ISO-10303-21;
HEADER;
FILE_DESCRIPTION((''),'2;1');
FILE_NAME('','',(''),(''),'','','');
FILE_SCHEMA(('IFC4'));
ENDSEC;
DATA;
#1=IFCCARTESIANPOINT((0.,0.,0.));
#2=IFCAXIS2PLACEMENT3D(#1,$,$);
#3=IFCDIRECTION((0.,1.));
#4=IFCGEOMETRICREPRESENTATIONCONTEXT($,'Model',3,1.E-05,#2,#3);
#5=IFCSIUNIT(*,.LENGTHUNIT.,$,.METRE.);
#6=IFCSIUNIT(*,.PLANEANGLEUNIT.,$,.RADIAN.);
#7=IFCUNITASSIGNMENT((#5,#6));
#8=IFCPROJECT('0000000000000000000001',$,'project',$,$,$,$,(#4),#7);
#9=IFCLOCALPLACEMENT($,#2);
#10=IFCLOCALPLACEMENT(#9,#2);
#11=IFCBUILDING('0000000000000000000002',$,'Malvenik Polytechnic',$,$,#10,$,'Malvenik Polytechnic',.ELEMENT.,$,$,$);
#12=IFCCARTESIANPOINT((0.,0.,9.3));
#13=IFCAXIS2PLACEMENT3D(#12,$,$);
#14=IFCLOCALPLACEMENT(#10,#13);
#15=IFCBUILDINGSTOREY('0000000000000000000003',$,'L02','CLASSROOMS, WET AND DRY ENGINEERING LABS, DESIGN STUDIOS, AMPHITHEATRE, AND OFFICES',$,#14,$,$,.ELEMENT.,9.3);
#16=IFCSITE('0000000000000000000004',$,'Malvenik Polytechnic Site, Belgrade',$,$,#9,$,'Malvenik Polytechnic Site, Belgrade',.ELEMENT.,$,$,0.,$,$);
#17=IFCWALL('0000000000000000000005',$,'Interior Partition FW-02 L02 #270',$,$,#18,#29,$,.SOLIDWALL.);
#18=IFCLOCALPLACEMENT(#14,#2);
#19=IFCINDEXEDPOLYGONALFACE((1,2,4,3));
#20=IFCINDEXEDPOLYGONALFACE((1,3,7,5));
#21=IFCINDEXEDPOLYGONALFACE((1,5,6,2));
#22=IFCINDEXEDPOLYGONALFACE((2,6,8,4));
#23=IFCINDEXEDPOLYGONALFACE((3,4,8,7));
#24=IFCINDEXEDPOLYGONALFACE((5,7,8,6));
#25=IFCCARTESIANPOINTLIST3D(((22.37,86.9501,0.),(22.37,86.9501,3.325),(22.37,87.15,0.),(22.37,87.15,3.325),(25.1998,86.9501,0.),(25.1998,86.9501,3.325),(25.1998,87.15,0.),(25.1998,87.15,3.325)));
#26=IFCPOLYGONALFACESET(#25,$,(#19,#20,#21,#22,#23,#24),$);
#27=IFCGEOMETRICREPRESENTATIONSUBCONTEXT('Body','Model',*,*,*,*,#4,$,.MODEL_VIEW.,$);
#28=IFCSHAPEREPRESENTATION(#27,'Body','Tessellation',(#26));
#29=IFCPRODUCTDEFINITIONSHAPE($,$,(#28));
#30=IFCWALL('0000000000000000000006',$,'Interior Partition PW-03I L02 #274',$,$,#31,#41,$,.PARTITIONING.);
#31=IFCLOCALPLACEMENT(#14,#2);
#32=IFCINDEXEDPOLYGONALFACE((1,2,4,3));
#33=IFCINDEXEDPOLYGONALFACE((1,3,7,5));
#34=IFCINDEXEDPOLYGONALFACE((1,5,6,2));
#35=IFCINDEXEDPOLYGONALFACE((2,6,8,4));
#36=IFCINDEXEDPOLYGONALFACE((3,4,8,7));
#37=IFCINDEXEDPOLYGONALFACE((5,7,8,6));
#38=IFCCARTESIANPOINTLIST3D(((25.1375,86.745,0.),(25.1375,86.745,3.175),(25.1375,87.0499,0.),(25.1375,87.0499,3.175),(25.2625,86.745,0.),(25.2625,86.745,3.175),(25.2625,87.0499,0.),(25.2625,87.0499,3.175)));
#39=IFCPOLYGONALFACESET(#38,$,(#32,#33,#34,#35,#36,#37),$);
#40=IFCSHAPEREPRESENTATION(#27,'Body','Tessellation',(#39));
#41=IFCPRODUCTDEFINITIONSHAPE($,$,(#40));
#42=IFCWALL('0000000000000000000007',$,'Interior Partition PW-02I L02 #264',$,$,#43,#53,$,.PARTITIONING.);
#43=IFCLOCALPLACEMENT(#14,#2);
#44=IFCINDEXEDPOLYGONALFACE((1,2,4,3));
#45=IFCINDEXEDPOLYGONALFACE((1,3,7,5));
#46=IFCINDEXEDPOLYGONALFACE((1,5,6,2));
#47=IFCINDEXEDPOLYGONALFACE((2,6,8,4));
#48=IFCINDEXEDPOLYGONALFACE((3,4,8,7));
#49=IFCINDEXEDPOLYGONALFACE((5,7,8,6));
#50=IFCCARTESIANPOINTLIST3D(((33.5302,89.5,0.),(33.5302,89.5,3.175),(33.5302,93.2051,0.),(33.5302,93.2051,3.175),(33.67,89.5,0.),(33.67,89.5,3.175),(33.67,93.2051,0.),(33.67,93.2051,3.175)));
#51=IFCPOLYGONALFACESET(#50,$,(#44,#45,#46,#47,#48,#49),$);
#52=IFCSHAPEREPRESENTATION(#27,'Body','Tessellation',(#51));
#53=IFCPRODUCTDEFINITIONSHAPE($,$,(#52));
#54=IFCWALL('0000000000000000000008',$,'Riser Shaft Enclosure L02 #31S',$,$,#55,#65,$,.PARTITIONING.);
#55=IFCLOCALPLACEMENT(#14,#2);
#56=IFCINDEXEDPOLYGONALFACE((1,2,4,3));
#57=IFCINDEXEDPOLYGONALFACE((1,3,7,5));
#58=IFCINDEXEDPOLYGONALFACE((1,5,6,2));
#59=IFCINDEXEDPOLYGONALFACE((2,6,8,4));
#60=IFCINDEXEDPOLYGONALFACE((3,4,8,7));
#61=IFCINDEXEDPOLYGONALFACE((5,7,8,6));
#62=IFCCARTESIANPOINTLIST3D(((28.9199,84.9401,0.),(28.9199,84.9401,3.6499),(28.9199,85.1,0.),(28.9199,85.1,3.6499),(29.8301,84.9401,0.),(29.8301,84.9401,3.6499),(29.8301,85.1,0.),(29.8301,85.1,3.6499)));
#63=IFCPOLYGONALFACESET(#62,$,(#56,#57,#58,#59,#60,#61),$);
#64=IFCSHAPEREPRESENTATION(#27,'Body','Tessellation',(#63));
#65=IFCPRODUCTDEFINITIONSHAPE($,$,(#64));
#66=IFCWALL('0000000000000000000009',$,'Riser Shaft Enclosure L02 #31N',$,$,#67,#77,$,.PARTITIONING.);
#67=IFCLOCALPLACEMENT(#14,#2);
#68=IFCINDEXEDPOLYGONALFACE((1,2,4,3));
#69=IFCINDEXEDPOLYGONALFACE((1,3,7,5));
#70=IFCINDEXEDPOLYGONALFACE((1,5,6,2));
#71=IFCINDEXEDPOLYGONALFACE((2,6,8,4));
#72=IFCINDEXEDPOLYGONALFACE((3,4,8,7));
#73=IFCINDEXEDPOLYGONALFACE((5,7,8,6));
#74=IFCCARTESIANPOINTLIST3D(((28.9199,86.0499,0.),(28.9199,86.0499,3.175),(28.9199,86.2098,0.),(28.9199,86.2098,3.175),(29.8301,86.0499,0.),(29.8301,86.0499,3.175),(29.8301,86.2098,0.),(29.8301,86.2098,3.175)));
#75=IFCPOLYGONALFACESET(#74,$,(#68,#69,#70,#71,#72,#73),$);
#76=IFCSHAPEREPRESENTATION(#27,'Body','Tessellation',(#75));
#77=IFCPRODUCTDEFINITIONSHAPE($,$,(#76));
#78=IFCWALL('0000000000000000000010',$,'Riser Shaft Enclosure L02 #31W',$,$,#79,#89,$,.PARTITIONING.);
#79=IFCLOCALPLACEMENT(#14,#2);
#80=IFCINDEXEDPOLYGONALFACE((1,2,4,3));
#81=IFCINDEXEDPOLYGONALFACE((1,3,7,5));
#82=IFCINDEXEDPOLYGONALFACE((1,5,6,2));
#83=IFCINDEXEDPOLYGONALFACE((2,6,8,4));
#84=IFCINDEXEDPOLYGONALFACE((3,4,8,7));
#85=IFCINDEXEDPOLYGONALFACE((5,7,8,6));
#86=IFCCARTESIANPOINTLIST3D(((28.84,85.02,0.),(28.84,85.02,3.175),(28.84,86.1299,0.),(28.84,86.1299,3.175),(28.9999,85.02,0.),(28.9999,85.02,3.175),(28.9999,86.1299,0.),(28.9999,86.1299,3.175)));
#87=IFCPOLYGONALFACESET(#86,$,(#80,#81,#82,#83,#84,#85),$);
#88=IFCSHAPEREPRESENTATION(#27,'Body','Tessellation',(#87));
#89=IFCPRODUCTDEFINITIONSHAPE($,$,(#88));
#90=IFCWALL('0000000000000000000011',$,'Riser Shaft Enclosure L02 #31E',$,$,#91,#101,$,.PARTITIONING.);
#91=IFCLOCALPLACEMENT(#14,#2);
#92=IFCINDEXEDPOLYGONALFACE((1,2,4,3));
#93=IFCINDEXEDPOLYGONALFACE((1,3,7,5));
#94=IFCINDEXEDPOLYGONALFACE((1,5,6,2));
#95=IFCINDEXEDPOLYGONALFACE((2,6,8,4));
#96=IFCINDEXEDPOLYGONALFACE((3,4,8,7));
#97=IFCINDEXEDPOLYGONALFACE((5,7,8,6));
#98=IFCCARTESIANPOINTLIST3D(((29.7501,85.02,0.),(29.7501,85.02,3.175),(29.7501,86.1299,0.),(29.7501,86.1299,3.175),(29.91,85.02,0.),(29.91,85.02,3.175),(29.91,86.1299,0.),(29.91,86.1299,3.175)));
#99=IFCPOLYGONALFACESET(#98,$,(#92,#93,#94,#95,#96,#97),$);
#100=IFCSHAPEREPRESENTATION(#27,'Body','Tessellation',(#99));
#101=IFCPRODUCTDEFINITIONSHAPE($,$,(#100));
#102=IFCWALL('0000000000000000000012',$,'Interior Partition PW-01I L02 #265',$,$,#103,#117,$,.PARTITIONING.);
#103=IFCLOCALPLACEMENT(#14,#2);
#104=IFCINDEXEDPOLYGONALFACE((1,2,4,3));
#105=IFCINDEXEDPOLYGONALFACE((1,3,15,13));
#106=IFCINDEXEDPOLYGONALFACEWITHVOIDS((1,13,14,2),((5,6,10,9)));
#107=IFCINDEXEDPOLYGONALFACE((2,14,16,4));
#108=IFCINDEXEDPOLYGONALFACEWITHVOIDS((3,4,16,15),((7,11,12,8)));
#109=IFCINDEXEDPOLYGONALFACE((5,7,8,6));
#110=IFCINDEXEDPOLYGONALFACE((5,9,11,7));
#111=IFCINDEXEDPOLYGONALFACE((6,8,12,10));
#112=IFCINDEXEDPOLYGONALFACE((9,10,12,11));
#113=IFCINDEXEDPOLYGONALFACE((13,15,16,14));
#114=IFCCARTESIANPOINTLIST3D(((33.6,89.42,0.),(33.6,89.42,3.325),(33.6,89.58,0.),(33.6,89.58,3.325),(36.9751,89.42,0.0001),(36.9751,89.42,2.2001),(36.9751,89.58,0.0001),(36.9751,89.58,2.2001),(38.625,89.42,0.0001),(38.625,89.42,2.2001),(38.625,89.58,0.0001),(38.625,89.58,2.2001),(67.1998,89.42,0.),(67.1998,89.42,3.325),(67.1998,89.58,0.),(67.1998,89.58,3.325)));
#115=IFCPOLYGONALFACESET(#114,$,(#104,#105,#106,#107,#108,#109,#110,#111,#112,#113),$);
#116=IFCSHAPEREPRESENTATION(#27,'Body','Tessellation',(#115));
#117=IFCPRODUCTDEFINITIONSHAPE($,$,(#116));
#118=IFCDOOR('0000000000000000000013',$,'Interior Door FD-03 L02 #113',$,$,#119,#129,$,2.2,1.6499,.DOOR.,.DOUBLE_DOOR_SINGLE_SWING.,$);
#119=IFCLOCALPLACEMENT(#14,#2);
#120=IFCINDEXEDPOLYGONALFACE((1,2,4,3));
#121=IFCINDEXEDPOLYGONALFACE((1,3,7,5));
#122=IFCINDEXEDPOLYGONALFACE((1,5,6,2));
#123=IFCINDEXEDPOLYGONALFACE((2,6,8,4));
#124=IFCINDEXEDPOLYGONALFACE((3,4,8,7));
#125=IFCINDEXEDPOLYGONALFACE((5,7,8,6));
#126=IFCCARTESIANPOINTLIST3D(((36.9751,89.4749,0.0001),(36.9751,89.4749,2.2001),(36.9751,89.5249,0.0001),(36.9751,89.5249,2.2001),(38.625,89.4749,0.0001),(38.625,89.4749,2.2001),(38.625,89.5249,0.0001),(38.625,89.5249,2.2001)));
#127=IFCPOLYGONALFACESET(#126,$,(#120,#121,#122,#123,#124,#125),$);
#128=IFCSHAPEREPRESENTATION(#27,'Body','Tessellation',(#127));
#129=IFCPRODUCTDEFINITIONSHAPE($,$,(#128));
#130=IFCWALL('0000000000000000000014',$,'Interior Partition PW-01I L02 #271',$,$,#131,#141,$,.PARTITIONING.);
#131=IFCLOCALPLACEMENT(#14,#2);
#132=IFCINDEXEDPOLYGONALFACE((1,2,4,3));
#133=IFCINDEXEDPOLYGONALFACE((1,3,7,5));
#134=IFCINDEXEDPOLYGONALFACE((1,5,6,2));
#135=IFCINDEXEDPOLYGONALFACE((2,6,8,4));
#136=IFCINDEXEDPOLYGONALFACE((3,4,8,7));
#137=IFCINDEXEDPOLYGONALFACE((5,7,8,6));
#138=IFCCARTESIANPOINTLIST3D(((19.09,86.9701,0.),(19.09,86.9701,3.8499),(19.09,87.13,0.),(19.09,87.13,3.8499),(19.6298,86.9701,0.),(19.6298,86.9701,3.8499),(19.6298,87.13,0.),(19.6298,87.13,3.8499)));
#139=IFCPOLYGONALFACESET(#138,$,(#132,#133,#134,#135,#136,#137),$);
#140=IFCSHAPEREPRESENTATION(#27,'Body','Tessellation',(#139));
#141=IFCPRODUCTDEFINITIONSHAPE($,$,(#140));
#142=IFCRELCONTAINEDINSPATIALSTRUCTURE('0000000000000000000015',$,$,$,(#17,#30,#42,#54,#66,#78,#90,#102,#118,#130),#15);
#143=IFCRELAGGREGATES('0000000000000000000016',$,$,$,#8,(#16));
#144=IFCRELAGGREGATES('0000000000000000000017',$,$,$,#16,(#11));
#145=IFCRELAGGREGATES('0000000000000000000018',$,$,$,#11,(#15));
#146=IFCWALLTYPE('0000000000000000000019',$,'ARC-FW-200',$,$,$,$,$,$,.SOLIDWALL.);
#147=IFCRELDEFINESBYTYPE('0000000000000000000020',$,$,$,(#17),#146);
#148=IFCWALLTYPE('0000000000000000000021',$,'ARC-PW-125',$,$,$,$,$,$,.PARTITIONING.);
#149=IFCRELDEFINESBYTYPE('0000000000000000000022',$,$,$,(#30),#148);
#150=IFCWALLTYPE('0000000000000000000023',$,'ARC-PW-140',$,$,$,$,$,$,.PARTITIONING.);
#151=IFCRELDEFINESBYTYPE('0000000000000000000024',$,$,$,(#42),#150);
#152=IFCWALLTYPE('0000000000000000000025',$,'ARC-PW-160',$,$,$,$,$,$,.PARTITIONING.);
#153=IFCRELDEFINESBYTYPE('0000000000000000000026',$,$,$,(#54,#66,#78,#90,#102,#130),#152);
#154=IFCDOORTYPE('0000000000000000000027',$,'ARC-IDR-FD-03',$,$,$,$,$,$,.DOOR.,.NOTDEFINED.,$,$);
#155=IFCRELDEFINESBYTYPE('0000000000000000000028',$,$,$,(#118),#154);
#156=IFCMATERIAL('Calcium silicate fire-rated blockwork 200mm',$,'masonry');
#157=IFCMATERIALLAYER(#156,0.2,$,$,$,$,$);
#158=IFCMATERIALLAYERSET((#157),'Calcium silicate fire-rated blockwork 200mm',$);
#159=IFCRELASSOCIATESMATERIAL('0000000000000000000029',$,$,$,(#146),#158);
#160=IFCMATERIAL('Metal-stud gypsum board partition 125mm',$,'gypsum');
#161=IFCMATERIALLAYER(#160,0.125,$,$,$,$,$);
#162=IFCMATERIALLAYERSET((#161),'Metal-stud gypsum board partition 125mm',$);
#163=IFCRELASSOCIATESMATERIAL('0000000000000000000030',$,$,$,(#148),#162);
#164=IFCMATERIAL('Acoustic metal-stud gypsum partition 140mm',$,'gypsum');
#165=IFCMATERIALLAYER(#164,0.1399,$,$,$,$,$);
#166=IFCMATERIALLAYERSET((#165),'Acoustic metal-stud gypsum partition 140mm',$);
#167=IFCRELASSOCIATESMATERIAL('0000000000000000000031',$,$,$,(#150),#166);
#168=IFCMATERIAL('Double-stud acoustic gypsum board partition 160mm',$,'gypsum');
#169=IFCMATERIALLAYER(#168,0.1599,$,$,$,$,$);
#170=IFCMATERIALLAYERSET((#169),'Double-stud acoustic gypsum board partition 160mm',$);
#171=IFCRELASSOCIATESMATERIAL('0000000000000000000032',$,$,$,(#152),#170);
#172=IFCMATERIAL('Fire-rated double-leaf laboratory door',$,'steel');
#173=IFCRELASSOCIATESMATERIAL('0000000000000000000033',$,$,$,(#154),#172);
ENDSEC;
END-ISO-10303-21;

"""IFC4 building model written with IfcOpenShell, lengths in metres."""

from ifc_helpers import new_model, si_unit, direction, frame, frame_2d, origin, place, context, subcontext, project, spatial, rectangle, extrude, material, layer, layer_set, type_object, element, fill, save


model = new_model("IFC4")

# Units and contexts
model_context = context("Model", 3, precision=1e-05, world=origin(), true_north=direction((0.0, 1.0)))
body_context = subcontext(model_context, "Body", "Model", "MODEL_VIEW")
ifc_project = project(units=[si_unit("LENGTHUNIT", "METRE"), si_unit("PLANEANGLEUNIT", "RADIAN")], contexts=[model_context])

# Site, building, storey
site_placement = place(None, origin())
site = spatial("IfcSite", under=ifc_project, at=site_placement, Name="Malvenik Polytechnic Site, Belgrade", LongName="Malvenik Polytechnic Site, Belgrade", CompositionType="ELEMENT", RefElevation=0.0)
building_placement = place(site_placement, origin())
building = spatial("IfcBuilding", under=site, at=building_placement, Name="Malvenik Polytechnic", LongName="Malvenik Polytechnic", CompositionType="ELEMENT")
storey_placement = place(building_placement, frame((0.0, 0.0, 9.3)))
storey = spatial("IfcBuildingStorey", under=building, at=storey_placement, Name="L02", Description="CLASSROOMS, WET AND DRY ENGINEERING LABS, DESIGN STUDIOS, AMPHITHEATRE, AND OFFICES", CompositionType="ELEMENT", Elevation=9.3)

# Walls
ifc_material_1 = material(Name="Calcium silicate fire-rated blockwork 200mm", Category="masonry")
ifc_layer_1 = layer(ifc_material_1, 0.2)
ifc_layer_set_1 = layer_set([ifc_layer_1], Name="Calcium silicate fire-rated blockwork 200mm")
wall_type_1 = type_object("IfcWallType", Name="ARC-FW-200", PredefinedType="SOLIDWALL", material=ifc_layer_set_1)
wall_1_placement = place(storey_placement, frame((25.2, 87.05, 0.0), z_axis=(0.0, 0.0, 1.0), x_axis=(-1.0, 0.0, 0.0)))
element("IfcWall", 1, at=wall_1_placement, inside=storey, type_object=wall_type_1, Name="Interior Partition FW-02 L02 #270", PredefinedType="SOLIDWALL", context=body_context, shape_type="SweptSolid", body=[
    extrude(rectangle(XDim=2.8298, YDim=0.2, at=frame_2d((1.415, 0.0))), origin(), (0.0, 0.0, 1.0), 3.325),
])
ifc_material_2 = material(Name="Metal-stud gypsum board partition 125mm", Category="gypsum")
ifc_layer_2 = layer(ifc_material_2, 0.125)
ifc_layer_set_2 = layer_set([ifc_layer_2], Name="Metal-stud gypsum board partition 125mm")
wall_type_2 = type_object("IfcWallType", Name="ARC-PW-125", PredefinedType="PARTITIONING", material=ifc_layer_set_2)
wall_2_placement = place(storey_placement, frame((25.2, 86.7451, 0.0), z_axis=(0.0, 0.0, 1.0), x_axis=(0.0, 1.0, 0.0)))
element("IfcWall", 2, at=wall_2_placement, inside=storey, type_object=wall_type_2, Name="Interior Partition PW-03I L02 #274", PredefinedType="PARTITIONING", context=body_context, shape_type="SweptSolid", body=[
    extrude(rectangle(XDim=0.3049, YDim=0.125, at=frame_2d((0.1523, 0.0))), origin(), (0.0, 0.0, 1.0), 3.175),
])
ifc_material_3 = material(Name="Acoustic metal-stud gypsum partition 140mm", Category="gypsum")
ifc_layer_3 = layer(ifc_material_3, 0.1399)
ifc_layer_set_3 = layer_set([ifc_layer_3], Name="Acoustic metal-stud gypsum partition 140mm")
wall_type_3 = type_object("IfcWallType", Name="ARC-PW-140", PredefinedType="PARTITIONING", material=ifc_layer_set_3)
wall_3_placement = place(storey_placement, frame((33.6001, 89.5, 0.0), z_axis=(0.0, 0.0, 1.0), x_axis=(0.0, 1.0, 0.0)))
element("IfcWall", 3, at=wall_3_placement, inside=storey, type_object=wall_type_3, Name="Interior Partition PW-02I L02 #264", PredefinedType="PARTITIONING", context=body_context, shape_type="SweptSolid", body=[
    extrude(rectangle(XDim=3.7051, YDim=0.1399, at=frame_2d((1.8525, 0.0))), origin(), (0.0, 0.0, 1.0), 3.175),
])
ifc_material_4 = material(Name="Double-stud acoustic gypsum board partition 160mm", Category="gypsum")
ifc_layer_4 = layer(ifc_material_4, 0.1599)
ifc_layer_set_4 = layer_set([ifc_layer_4], Name="Double-stud acoustic gypsum board partition 160mm")
wall_type_4 = type_object("IfcWallType", Name="ARC-PW-160", PredefinedType="PARTITIONING", material=ifc_layer_set_4)
wall_4_placement = place(storey_placement, frame((28.9199, 85.02, 0.0), z_axis=(0.0, 0.0, 1.0), x_axis=(1.0, 0.0, 0.0)))
element("IfcWall", 4, at=wall_4_placement, inside=storey, type_object=wall_type_4, Name="Riser Shaft Enclosure L02 #31S", PredefinedType="PARTITIONING", context=body_context, shape_type="SweptSolid", body=[
    extrude(rectangle(XDim=0.9102, YDim=0.1599, at=frame_2d((0.4551, 0.0))), origin(), (0.0, 0.0, 1.0), 3.6499),
])
wall_5_placement = place(storey_placement, frame((29.8301, 86.1299, 0.0), z_axis=(0.0, 0.0, 1.0), x_axis=(-1.0, 0.0, 0.0)))
element("IfcWall", 5, at=wall_5_placement, inside=storey, type_object=wall_type_4, Name="Riser Shaft Enclosure L02 #31N", PredefinedType="PARTITIONING", context=body_context, shape_type="SweptSolid", body=[
    extrude(rectangle(XDim=0.9102, YDim=0.1599, at=frame_2d((0.4551, 0.0))), origin(), (0.0, 0.0, 1.0), 3.175),
])
for number, where, z_axis, x_axis, name in (
    (6, (28.9199, 86.1299, 0.0), (0.0, 0.0, 1.0), (0.0, -1.0, 0.0), "Riser Shaft Enclosure L02 #31W"),
    (7, (29.8301, 85.02, 0.0), (0.0, 0.0, 1.0), (0.0, 1.0, 0.0), "Riser Shaft Enclosure L02 #31E"),
):
    element("IfcWall", number, at=place(storey_placement, frame(where, z_axis=z_axis, x_axis=x_axis)), inside=storey, type_object=wall_type_4, Name=name, PredefinedType="PARTITIONING", context=body_context, shape_type="SweptSolid", body=[
        extrude(rectangle(XDim=1.1099, YDim=0.1599, at=frame_2d((0.5549, 0.0))), origin(), (0.0, 0.0, 1.0), 3.175),
    ])

# Wall, opening, door
wall_6_placement = place(storey_placement, frame((33.6001, 89.5, 0.0), z_axis=(0.0, 0.0, 1.0), x_axis=(1.0, 0.0, 0.0)))
wall_6 = element("IfcWall", 8, at=wall_6_placement, inside=storey, type_object=wall_type_4, Name="Interior Partition PW-01I L02 #265", PredefinedType="PARTITIONING", context=body_context, shape_type="SweptSolid", body=[
    extrude(rectangle(XDim=33.5999, YDim=0.1599, at=frame_2d((16.7998, 0.0))), origin(), (0.0, 0.0, 1.0), 3.325),
])
opening_1_placement = place(wall_6_placement, frame((3.375, 0.0, 0.0)))
opening_1 = element("IfcOpeningElement", 9, at=opening_1_placement, cuts=wall_6, PredefinedType="OPENING", context=body_context, shape_type="SweptSolid", body=[
    extrude(rectangle(XDim=1.6499, YDim=2.2, at=frame_2d((0.825, 1.1001))), frame((0.0, 0.0898, 0.0), z_axis=(0.0, -1.0, 0.0), x_axis=(1.0, 0.0, 0.0)), (0.0, 0.0, 1.0), 0.1799),
])
ifc_material_5 = material(Name="Fire-rated double-leaf laboratory door", Category="steel")
door_type_1 = type_object("IfcDoorType", Name="ARC-IDR-FD-03", OperationType="NOTDEFINED", PredefinedType="DOOR", material=ifc_material_5)
door_1_placement = place(opening_1_placement, origin())
door_1 = element("IfcDoor", 10, at=door_1_placement, inside=storey, type_object=door_type_1, Name="Interior Door FD-03 L02 #113", OperationType="DOUBLE_DOOR_SINGLE_SWING", OverallHeight=2.2, OverallWidth=1.6499, PredefinedType="DOOR", context=body_context, shape_type="SweptSolid", body=[
    extrude(rectangle(XDim=1.6499, YDim=2.2, at=frame_2d((0.825, 1.1001))), frame((0.0, 0.0249, 0.0), z_axis=(0.0, -1.0, 0.0), x_axis=(1.0, 0.0, 0.0)), (0.0, 0.0, 1.0), 0.05),
])
fill(opening_1, door_1)

# Wall
wall_7_placement = place(storey_placement, frame((19.6299, 87.05, 0.0), z_axis=(0.0, 0.0, 1.0), x_axis=(-1.0, 0.0, 0.0)))
element("IfcWall", 11, at=wall_7_placement, inside=storey, type_object=wall_type_4, Name="Interior Partition PW-01I L02 #271", PredefinedType="PARTITIONING", context=body_context, shape_type="SweptSolid", body=[
    extrude(rectangle(XDim=0.5398, YDim=0.1599, at=frame_2d((0.27, 0.0))), origin(), (0.0, 0.0, 1.0), 3.8499),
])

save(model, "model.ifc")
